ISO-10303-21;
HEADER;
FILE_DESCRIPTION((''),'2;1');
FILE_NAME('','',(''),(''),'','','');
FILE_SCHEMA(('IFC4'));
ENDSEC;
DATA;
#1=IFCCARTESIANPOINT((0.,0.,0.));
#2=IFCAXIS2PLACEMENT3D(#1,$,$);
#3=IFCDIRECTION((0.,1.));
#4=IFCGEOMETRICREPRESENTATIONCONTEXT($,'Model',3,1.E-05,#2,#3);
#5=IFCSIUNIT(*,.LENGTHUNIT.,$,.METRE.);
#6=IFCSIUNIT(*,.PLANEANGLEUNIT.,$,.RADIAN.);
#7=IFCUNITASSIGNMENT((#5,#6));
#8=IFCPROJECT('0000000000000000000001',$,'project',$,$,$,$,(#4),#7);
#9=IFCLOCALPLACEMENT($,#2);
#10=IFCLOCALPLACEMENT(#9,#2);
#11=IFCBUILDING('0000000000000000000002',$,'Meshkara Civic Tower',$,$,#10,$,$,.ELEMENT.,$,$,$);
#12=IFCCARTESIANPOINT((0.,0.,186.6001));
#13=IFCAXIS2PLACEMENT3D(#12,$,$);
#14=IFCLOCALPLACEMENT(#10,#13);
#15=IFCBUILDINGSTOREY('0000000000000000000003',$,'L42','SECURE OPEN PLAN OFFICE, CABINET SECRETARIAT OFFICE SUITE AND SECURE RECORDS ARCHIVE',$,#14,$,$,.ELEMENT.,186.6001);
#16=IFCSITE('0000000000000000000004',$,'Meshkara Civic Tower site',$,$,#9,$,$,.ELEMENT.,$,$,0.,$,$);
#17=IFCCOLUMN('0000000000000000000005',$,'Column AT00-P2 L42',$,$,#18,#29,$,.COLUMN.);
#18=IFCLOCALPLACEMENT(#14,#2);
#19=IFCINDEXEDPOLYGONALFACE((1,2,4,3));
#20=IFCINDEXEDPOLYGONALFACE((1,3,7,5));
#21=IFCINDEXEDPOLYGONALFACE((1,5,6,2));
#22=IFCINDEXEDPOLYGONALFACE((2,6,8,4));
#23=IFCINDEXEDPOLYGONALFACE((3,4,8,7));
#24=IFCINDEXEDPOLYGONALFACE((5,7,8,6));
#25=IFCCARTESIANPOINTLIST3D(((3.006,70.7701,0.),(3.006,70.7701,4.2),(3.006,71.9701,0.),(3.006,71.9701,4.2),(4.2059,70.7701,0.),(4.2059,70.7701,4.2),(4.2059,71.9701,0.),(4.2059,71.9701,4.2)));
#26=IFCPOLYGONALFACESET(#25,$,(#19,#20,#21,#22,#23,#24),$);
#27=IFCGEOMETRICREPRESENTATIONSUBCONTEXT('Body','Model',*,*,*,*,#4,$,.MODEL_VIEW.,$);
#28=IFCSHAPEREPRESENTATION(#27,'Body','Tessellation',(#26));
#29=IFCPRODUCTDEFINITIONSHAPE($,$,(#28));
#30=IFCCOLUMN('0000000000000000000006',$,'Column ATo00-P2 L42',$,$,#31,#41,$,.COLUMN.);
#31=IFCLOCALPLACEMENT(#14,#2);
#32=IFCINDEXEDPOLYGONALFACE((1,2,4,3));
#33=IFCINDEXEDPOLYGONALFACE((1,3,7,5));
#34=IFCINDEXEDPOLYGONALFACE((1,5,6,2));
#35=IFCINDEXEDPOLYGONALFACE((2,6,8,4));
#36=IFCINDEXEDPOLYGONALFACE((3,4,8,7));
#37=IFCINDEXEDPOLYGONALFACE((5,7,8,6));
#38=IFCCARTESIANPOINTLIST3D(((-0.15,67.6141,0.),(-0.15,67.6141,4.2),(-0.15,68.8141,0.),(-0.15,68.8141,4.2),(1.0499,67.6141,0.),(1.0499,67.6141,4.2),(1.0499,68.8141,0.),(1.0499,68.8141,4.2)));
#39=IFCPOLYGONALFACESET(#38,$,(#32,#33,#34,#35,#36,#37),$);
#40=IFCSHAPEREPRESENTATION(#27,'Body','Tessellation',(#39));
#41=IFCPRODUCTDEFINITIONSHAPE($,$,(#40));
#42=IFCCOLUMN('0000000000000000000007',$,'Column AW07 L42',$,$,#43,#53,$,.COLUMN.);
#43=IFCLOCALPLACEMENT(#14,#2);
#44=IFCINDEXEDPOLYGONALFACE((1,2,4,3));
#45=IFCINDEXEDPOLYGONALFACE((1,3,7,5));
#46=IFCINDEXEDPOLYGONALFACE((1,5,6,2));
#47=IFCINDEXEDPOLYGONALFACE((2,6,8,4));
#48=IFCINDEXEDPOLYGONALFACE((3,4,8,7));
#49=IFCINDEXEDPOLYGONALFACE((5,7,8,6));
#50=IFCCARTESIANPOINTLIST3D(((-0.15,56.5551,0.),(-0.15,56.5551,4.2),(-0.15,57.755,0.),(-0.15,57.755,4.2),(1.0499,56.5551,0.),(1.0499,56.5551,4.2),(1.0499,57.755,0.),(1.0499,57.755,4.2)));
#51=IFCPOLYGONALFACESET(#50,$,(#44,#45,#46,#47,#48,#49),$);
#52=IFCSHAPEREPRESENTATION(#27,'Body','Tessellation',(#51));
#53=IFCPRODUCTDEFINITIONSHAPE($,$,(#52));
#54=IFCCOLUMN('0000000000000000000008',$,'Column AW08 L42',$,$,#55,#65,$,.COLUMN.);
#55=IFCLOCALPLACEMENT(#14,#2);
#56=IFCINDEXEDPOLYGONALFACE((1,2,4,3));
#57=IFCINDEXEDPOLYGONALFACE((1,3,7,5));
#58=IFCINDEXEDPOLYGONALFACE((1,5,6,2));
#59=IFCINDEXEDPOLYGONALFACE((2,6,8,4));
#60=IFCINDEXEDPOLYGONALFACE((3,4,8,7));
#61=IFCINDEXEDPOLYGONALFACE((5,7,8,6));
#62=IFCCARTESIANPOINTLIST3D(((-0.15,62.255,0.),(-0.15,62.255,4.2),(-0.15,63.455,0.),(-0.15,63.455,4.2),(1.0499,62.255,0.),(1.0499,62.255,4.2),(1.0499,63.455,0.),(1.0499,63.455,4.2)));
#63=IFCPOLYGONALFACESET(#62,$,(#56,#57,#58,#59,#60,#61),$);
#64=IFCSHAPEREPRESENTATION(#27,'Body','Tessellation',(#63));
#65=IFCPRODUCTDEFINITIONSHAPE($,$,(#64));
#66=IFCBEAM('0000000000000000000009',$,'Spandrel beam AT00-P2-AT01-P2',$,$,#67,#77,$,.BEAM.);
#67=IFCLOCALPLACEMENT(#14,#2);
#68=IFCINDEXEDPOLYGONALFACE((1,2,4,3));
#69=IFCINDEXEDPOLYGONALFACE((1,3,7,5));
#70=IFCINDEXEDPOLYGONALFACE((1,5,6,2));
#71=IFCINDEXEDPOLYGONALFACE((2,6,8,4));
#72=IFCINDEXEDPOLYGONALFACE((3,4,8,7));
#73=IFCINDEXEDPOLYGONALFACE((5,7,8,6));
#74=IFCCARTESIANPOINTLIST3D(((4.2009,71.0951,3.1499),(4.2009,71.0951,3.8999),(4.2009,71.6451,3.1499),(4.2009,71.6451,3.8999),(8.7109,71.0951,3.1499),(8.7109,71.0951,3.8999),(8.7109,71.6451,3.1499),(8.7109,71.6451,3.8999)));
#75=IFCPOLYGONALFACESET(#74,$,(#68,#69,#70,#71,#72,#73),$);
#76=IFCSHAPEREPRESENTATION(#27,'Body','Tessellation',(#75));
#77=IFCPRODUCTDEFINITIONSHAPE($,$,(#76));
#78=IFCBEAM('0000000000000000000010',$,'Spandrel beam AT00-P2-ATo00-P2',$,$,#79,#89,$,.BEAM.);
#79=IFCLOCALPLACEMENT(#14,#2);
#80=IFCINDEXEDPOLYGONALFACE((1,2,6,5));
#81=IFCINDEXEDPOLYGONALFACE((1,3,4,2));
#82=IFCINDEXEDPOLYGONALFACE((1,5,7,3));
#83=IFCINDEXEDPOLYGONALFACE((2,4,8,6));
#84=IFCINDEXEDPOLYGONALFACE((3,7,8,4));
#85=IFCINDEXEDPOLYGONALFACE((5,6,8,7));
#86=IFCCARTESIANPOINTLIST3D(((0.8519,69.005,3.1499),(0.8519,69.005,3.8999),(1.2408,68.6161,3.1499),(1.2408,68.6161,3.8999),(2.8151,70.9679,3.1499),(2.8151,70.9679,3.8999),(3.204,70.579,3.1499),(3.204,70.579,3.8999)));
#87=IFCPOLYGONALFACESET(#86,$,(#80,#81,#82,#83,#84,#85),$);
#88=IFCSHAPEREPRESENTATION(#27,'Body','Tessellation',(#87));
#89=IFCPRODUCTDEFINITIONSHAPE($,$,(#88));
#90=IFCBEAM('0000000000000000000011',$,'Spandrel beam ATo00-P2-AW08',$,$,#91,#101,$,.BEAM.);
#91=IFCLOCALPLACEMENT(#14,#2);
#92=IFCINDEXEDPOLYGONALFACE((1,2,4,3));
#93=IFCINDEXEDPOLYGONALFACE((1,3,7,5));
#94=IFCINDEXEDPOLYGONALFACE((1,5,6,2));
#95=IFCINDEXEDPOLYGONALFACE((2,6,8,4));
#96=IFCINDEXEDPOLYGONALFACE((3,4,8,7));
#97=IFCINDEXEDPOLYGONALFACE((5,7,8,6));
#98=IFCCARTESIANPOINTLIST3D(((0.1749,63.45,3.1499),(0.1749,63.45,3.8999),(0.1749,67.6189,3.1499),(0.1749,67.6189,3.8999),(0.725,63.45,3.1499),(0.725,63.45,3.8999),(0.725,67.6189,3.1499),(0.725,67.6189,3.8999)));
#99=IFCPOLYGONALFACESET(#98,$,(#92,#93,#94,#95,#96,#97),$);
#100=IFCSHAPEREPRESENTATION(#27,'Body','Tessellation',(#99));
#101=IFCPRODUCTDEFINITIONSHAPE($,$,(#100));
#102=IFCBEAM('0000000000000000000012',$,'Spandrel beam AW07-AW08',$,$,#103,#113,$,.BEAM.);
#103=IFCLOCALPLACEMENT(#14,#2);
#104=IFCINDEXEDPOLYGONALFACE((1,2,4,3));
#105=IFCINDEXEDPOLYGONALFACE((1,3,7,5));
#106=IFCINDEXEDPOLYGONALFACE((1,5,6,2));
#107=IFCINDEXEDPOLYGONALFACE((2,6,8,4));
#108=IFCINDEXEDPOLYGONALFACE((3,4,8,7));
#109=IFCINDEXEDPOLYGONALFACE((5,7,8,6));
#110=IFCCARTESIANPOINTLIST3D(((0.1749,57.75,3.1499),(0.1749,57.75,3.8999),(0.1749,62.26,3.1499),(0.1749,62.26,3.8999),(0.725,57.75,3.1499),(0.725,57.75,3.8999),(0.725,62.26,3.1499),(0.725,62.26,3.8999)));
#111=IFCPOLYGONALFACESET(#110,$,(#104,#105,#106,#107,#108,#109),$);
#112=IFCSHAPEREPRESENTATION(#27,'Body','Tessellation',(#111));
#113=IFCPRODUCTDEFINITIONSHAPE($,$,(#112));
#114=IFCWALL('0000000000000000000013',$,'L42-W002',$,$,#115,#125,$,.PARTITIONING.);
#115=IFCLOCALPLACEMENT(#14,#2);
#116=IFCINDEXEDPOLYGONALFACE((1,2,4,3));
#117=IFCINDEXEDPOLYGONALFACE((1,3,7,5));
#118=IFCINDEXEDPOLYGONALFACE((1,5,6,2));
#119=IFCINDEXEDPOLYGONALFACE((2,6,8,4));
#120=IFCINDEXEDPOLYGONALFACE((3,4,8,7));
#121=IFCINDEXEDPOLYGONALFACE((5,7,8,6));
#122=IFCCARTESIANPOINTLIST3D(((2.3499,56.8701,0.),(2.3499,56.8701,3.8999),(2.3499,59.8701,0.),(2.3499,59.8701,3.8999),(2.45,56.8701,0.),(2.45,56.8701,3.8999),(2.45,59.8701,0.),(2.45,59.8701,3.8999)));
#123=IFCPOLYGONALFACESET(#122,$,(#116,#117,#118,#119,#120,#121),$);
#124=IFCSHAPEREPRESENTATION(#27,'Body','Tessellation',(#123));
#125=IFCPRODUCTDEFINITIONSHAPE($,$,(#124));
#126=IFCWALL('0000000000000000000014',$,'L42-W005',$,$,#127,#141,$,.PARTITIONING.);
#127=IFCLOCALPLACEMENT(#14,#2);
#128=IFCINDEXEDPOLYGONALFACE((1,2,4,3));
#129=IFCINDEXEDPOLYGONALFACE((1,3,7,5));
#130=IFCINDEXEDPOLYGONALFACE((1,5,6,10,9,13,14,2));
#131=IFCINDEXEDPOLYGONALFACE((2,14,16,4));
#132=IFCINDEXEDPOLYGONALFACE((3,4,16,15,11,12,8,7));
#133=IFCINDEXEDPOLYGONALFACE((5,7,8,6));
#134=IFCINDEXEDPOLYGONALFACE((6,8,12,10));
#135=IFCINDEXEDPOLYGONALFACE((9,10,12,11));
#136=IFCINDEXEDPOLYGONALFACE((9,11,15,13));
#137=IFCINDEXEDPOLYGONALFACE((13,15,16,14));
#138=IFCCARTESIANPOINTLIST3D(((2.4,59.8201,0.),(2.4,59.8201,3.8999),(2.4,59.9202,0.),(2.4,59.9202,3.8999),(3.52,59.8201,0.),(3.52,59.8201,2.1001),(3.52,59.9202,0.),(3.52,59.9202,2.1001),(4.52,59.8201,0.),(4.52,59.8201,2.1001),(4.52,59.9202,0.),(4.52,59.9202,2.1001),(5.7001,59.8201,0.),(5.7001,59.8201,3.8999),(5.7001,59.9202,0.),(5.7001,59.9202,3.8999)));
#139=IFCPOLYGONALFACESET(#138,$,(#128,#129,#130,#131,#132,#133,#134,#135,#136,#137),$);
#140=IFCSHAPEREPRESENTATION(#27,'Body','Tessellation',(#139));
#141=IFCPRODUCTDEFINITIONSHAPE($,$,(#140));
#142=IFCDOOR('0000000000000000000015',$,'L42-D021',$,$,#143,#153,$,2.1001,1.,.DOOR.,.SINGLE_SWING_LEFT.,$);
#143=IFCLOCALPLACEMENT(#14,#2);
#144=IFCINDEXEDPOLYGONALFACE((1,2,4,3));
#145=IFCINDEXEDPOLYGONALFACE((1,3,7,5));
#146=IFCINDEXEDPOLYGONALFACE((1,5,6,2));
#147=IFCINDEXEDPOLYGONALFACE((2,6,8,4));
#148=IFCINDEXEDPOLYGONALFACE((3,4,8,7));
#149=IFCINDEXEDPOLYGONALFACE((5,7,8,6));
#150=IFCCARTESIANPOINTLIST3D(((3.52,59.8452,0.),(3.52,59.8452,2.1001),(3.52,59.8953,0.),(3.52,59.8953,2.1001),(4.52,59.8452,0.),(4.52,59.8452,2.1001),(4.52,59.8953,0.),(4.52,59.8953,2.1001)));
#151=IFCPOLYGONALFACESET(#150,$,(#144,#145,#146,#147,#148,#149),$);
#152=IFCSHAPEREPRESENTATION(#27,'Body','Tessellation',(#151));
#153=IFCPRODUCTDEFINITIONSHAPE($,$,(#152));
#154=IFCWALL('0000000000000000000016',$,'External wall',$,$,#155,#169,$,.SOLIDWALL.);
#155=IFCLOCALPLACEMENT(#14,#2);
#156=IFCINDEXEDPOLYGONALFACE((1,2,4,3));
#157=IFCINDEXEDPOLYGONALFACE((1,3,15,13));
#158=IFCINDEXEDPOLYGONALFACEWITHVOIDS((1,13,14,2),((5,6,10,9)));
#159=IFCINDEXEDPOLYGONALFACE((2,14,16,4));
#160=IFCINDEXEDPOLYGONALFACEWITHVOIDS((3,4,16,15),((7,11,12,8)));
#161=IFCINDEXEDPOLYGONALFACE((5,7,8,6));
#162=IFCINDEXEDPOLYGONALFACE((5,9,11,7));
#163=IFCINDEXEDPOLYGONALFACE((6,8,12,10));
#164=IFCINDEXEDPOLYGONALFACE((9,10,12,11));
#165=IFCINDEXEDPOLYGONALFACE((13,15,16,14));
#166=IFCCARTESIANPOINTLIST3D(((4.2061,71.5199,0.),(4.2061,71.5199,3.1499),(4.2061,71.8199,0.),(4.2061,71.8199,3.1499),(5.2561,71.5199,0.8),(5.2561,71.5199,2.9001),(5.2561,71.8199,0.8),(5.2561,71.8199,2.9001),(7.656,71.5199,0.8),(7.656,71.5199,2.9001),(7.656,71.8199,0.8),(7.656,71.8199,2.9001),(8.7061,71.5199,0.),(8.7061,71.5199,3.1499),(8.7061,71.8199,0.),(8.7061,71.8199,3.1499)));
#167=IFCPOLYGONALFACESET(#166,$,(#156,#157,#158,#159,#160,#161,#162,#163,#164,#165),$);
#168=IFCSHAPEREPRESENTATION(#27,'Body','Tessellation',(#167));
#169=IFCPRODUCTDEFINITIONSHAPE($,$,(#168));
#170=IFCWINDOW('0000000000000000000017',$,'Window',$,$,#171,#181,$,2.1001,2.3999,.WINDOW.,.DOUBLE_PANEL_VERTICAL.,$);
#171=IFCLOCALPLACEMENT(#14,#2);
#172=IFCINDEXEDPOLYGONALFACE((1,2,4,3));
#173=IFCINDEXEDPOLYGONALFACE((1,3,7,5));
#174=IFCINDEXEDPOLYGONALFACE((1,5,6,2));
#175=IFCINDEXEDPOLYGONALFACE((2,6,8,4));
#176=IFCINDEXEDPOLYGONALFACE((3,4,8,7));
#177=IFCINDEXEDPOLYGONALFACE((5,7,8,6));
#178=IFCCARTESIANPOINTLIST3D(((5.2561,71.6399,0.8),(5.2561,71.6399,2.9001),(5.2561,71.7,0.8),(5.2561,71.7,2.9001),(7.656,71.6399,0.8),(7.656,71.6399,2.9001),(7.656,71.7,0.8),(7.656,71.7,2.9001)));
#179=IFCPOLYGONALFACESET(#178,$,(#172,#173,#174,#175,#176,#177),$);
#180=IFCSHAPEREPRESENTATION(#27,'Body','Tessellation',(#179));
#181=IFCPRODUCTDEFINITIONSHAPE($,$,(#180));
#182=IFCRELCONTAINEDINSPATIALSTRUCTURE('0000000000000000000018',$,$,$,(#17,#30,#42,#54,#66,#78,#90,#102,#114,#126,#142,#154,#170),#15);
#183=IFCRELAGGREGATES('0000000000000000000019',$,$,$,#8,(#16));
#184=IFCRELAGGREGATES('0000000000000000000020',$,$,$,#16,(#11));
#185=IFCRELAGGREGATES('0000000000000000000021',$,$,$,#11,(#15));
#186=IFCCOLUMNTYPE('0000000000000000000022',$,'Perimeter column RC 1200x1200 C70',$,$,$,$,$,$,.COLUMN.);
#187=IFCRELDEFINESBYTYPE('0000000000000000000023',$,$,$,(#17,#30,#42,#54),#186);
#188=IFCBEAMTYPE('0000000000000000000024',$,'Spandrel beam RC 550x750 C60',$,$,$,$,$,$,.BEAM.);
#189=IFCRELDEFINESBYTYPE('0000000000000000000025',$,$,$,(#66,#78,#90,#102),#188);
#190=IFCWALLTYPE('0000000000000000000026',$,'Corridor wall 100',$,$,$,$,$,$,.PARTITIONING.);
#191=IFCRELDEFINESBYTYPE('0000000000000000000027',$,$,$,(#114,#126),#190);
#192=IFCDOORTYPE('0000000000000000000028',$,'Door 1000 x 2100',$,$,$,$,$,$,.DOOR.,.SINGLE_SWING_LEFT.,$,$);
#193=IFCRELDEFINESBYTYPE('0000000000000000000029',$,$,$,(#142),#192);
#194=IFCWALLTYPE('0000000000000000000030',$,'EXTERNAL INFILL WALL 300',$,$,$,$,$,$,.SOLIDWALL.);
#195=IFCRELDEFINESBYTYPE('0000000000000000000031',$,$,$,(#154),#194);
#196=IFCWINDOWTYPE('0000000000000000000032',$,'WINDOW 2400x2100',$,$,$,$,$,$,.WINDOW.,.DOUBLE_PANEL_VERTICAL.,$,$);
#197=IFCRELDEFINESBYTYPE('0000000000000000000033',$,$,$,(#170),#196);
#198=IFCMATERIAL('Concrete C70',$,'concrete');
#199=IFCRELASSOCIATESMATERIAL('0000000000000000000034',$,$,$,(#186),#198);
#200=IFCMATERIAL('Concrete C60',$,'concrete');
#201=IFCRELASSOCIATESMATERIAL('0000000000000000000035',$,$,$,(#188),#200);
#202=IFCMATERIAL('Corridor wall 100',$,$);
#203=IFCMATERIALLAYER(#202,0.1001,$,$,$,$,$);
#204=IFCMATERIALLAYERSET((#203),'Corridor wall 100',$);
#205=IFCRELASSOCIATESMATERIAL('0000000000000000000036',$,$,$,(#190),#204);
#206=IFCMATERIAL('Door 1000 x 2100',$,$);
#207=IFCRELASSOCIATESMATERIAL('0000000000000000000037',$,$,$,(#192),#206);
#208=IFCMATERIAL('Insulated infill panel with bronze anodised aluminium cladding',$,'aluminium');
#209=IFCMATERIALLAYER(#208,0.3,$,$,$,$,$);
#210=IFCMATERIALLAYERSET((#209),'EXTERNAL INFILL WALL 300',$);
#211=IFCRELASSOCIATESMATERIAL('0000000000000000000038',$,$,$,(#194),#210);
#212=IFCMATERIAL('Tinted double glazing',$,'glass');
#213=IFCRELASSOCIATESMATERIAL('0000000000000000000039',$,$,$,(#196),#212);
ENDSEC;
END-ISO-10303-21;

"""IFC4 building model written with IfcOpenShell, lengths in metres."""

from ifc_helpers import new_model, si_unit, direction, frame, frame_2d, origin, origin_2d, place, context, subcontext, project, spatial, rectangle, extrude, material, layer, layer_set, material_profile, profile_set, type_object, element, fill, save


model = new_model("IFC4")

# Units and contexts
model_context = context("Model", 3, precision=1e-05, world=origin(), true_north=direction((0.0, 1.0)))
body_context = subcontext(model_context, "Body", "Model", "MODEL_VIEW")
ifc_project = project(units=[si_unit("LENGTHUNIT", "METRE"), si_unit("PLANEANGLEUNIT", "RADIAN")], contexts=[model_context])

# Site, building, storey
site_placement = place(None, origin())
site = spatial("IfcSite", under=ifc_project, at=site_placement, Name="Meshkara Civic Tower site", CompositionType="ELEMENT", RefElevation=0.0)
building_placement = place(site_placement, origin())
building = spatial("IfcBuilding", under=site, at=building_placement, Name="Meshkara Civic Tower", CompositionType="ELEMENT")
storey_placement = place(building_placement, frame((0.0, 0.0, 186.6001)))
storey = spatial("IfcBuildingStorey", under=building, at=storey_placement, Name="L42", Description="SECURE OPEN PLAN OFFICE, CABINET SECRETARIAT OFFICE SUITE AND SECURE RECORDS ARCHIVE", CompositionType="ELEMENT", Elevation=186.6001)

# Columns
ifc_material_1 = material(Name="Concrete C70", Category="concrete")
ifc_material_profile_1 = material_profile(ifc_material_1, rectangle(XDim=1.2, YDim=1.2, at=origin_2d()))
ifc_profile_set_1 = profile_set([ifc_material_profile_1], Name="Concrete C70")
column_type = type_object("IfcColumnType", Name="Perimeter column RC 1200x1200 C70", PredefinedType="COLUMN", material=ifc_profile_set_1)
for number, where, z_axis, x_axis, name in (
    (1, (3.606, 71.3701, 0.0), (0.0, 0.0, 1.0), (1.0, 0.0, 0.0), "Column AT00-P2 L42"),
    (2, (0.45, 68.2141, 0.0), (0.0, 0.0, 1.0), (1.0, 0.0, 0.0), "Column ATo00-P2 L42"),
    (3, (0.45, 57.155, 0.0), (0.0, 0.0, 1.0), (1.0, 0.0, 0.0), "Column AW07 L42"),
    (4, (0.45, 62.855, 0.0), (0.0, 0.0, 1.0), (1.0, 0.0, 0.0), "Column AW08 L42"),
):
    element("IfcColumn", number, at=place(storey_placement, frame(where, z_axis=z_axis, x_axis=x_axis)), inside=storey, type_object=column_type, Name=name, PredefinedType="COLUMN", context=body_context, shape_type="SweptSolid", body=[
        extrude(rectangle(XDim=1.2, YDim=1.2, at=origin_2d()), origin(), (0.0, 0.0, 1.0), 4.2),
    ])

# Beams
ifc_material_2 = material(Name="Concrete C60", Category="concrete")
ifc_material_profile_2 = material_profile(ifc_material_2, rectangle(XDim=0.55, YDim=0.75, at=origin_2d()))
ifc_profile_set_2 = profile_set([ifc_material_profile_2], Name="Concrete C60")
beam_type = type_object("IfcBeamType", Name="Spandrel beam RC 550x750 C60", PredefinedType="BEAM", material=ifc_profile_set_2)
beam_1_placement = place(storey_placement, frame((8.7109, 71.3701, 3.5249), z_axis=(-1.0, 0.0, 0.0), x_axis=(0.0, -1.0, 0.0)))
element("IfcBeam", 5, at=beam_1_placement, inside=storey, type_object=beam_type, Name="Spandrel beam AT00-P2-AT01-P2", PredefinedType="BEAM", context=body_context, shape_type="SweptSolid", body=[
    extrude(rectangle(XDim=0.55, YDim=0.75, at=origin_2d()), origin(), (0.0, 0.0, 1.0), 4.51),
])
beam_2_placement = place(storey_placement, frame((3.0095, 70.7734, 3.5249), z_axis=(-0.707151, -0.707063, 0.0), x_axis=(0.707063, -0.707151, 0.0)))
element("IfcBeam", 6, at=beam_2_placement, inside=storey, type_object=beam_type, Name="Spandrel beam AT00-P2-ATo00-P2", PredefinedType="BEAM", context=body_context, shape_type="SweptSolid", body=[
    extrude(rectangle(XDim=0.55, YDim=0.75, at=origin_2d()), origin(), (0.0, 0.0, 1.0), 2.7761),
])
beam_3_placement = place(storey_placement, frame((0.45, 67.6189, 3.5249), z_axis=(0.0, -1.0, 0.0), x_axis=(1.0, 0.0, 0.0)))
element("IfcBeam", 7, at=beam_3_placement, inside=storey, type_object=beam_type, Name="Spandrel beam ATo00-P2-AW08", PredefinedType="BEAM", context=body_context, shape_type="SweptSolid", body=[
    extrude(rectangle(XDim=0.55, YDim=0.75, at=origin_2d()), origin(), (0.0, 0.0, 1.0), 4.1689),
])
beam_4_placement = place(storey_placement, frame((0.45, 62.26, 3.5249), z_axis=(0.0, -1.0, 0.0), x_axis=(1.0, 0.0, 0.0)))
element("IfcBeam", 8, at=beam_4_placement, inside=storey, type_object=beam_type, Name="Spandrel beam AW07-AW08", PredefinedType="BEAM", context=body_context, shape_type="SweptSolid", body=[
    extrude(rectangle(XDim=0.55, YDim=0.75, at=origin_2d()), origin(), (0.0, 0.0, 1.0), 4.51),
])

# Wall
ifc_material_3 = material(Name="Corridor wall 100")
ifc_layer_1 = layer(ifc_material_3, 0.1001)
ifc_layer_set_1 = layer_set([ifc_layer_1], Name="Corridor wall 100")
wall_type_1 = type_object("IfcWallType", Name="Corridor wall 100", PredefinedType="PARTITIONING", material=ifc_layer_set_1)
wall_1_placement = place(storey_placement, frame((2.3999, 59.8701, 0.0), z_axis=(0.0, 0.0, 1.0), x_axis=(0.0, -1.0, 0.0)))
element("IfcWall", 9, at=wall_1_placement, inside=storey, type_object=wall_type_1, Name="L42-W002", PredefinedType="PARTITIONING", context=body_context, shape_type="SweptSolid", body=[
    extrude(rectangle(XDim=3.0, YDim=0.1001, at=frame_2d((1.5, 0.0))), origin(), (0.0, 0.0, 1.0), 3.8999),
])

# Wall, opening, door
wall_2_placement = place(storey_placement, frame((5.7, 59.8701, 0.0), z_axis=(0.0, 0.0, 1.0), x_axis=(-1.0, 0.0, 0.0)))
wall_2 = element("IfcWall", 10, at=wall_2_placement, inside=storey, type_object=wall_type_1, Name="L42-W005", PredefinedType="PARTITIONING", context=body_context, shape_type="SweptSolid", body=[
    extrude(rectangle(XDim=3.3, YDim=0.1001, at=frame_2d((1.6499, 0.0))), origin(), (0.0, 0.0, 1.0), 3.8999),
])
opening_1_placement = place(wall_2_placement, frame((1.1799, 0.0, 0.0)))
opening_1 = element("IfcOpeningElement", 11, at=opening_1_placement, cuts=wall_2, PredefinedType="OPENING", context=body_context, shape_type="SweptSolid", body=[
    extrude(rectangle(XDim=1.0, YDim=2.1001, at=frame_2d((0.5, 1.05))), frame((0.0, 0.0601, 0.0), z_axis=(0.0, -1.0, 0.0), x_axis=(1.0, 0.0, 0.0)), (0.0, 0.0, 1.0), 0.1201),
])
ifc_material_4 = material(Name="Door 1000 x 2100")
door_type_1 = type_object("IfcDoorType", Name="Door 1000 x 2100", OperationType="SINGLE_SWING_LEFT", PredefinedType="DOOR", material=ifc_material_4)
door_1_placement = place(opening_1_placement, origin())
door_1 = element("IfcDoor", 12, at=door_1_placement, inside=storey, type_object=door_type_1, Name="L42-D021", OperationType="SINGLE_SWING_LEFT", OverallHeight=2.1001, OverallWidth=1.0, PredefinedType="DOOR", context=body_context, shape_type="SweptSolid", body=[
    extrude(rectangle(XDim=1.0, YDim=2.1001, at=frame_2d((0.5, 1.05))), frame((0.0, 0.0249, 0.0), z_axis=(0.0, -1.0, 0.0), x_axis=(1.0, 0.0, 0.0)), (0.0, 0.0, 1.0), 0.05),
])
fill(opening_1, door_1)

# Wall, opening, window
ifc_material_5 = material(Name="Insulated infill panel with bronze anodised aluminium cladding", Category="aluminium")
ifc_layer_2 = layer(ifc_material_5, 0.3)
ifc_layer_set_2 = layer_set([ifc_layer_2], Name="EXTERNAL INFILL WALL 300")
wall_type_2 = type_object("IfcWallType", Name="EXTERNAL INFILL WALL 300", PredefinedType="SOLIDWALL", material=ifc_layer_set_2)
wall_3_placement = place(storey_placement, frame((8.7061, 71.6699, 0.0), z_axis=(0.0, 0.0, 1.0), x_axis=(-1.0, 0.0, 0.0)))
wall_3 = element("IfcWall", 13, at=wall_3_placement, inside=storey, type_object=wall_type_2, Name="External wall", PredefinedType="SOLIDWALL", context=body_context, shape_type="SweptSolid", body=[
    extrude(rectangle(XDim=4.5, YDim=0.3, at=frame_2d((2.25, 0.0))), origin(), (0.0, 0.0, 1.0), 3.1499),
])
opening_2_placement = place(wall_3_placement, frame((1.05, 0.0, 0.8)))
opening_2 = element("IfcOpeningElement", 14, at=opening_2_placement, cuts=wall_3, PredefinedType="OPENING", context=body_context, shape_type="SweptSolid", body=[
    extrude(rectangle(XDim=2.3999, YDim=2.1001, at=frame_2d((1.2, 1.05))), frame((0.0, 0.1599, 0.0), z_axis=(0.0, -1.0, 0.0), x_axis=(1.0, 0.0, 0.0)), (0.0, 0.0, 1.0), 0.3201),
])
ifc_material_6 = material(Name="Tinted double glazing", Category="glass")
window_type_1 = type_object("IfcWindowType", Name="WINDOW 2400x2100", PartitioningType="DOUBLE_PANEL_VERTICAL", PredefinedType="WINDOW", material=ifc_material_6)
window_1_placement = place(opening_2_placement, origin())
window_1 = element("IfcWindow", 15, at=window_1_placement, inside=storey, type_object=window_type_1, Name="Window", OverallHeight=2.1001, OverallWidth=2.3999, PartitioningType="DOUBLE_PANEL_VERTICAL", PredefinedType="WINDOW", context=body_context, shape_type="SweptSolid", body=[
    extrude(rectangle(XDim=2.3999, YDim=2.1001, at=frame_2d((1.2, 1.05))), frame((0.0, 0.03, 0.0), z_axis=(0.0, -1.0, 0.0), x_axis=(1.0, 0.0, 0.0)), (0.0, 0.0, 1.0), 0.0601),
])
fill(opening_2, window_1)

save(model, "model.ifc")
